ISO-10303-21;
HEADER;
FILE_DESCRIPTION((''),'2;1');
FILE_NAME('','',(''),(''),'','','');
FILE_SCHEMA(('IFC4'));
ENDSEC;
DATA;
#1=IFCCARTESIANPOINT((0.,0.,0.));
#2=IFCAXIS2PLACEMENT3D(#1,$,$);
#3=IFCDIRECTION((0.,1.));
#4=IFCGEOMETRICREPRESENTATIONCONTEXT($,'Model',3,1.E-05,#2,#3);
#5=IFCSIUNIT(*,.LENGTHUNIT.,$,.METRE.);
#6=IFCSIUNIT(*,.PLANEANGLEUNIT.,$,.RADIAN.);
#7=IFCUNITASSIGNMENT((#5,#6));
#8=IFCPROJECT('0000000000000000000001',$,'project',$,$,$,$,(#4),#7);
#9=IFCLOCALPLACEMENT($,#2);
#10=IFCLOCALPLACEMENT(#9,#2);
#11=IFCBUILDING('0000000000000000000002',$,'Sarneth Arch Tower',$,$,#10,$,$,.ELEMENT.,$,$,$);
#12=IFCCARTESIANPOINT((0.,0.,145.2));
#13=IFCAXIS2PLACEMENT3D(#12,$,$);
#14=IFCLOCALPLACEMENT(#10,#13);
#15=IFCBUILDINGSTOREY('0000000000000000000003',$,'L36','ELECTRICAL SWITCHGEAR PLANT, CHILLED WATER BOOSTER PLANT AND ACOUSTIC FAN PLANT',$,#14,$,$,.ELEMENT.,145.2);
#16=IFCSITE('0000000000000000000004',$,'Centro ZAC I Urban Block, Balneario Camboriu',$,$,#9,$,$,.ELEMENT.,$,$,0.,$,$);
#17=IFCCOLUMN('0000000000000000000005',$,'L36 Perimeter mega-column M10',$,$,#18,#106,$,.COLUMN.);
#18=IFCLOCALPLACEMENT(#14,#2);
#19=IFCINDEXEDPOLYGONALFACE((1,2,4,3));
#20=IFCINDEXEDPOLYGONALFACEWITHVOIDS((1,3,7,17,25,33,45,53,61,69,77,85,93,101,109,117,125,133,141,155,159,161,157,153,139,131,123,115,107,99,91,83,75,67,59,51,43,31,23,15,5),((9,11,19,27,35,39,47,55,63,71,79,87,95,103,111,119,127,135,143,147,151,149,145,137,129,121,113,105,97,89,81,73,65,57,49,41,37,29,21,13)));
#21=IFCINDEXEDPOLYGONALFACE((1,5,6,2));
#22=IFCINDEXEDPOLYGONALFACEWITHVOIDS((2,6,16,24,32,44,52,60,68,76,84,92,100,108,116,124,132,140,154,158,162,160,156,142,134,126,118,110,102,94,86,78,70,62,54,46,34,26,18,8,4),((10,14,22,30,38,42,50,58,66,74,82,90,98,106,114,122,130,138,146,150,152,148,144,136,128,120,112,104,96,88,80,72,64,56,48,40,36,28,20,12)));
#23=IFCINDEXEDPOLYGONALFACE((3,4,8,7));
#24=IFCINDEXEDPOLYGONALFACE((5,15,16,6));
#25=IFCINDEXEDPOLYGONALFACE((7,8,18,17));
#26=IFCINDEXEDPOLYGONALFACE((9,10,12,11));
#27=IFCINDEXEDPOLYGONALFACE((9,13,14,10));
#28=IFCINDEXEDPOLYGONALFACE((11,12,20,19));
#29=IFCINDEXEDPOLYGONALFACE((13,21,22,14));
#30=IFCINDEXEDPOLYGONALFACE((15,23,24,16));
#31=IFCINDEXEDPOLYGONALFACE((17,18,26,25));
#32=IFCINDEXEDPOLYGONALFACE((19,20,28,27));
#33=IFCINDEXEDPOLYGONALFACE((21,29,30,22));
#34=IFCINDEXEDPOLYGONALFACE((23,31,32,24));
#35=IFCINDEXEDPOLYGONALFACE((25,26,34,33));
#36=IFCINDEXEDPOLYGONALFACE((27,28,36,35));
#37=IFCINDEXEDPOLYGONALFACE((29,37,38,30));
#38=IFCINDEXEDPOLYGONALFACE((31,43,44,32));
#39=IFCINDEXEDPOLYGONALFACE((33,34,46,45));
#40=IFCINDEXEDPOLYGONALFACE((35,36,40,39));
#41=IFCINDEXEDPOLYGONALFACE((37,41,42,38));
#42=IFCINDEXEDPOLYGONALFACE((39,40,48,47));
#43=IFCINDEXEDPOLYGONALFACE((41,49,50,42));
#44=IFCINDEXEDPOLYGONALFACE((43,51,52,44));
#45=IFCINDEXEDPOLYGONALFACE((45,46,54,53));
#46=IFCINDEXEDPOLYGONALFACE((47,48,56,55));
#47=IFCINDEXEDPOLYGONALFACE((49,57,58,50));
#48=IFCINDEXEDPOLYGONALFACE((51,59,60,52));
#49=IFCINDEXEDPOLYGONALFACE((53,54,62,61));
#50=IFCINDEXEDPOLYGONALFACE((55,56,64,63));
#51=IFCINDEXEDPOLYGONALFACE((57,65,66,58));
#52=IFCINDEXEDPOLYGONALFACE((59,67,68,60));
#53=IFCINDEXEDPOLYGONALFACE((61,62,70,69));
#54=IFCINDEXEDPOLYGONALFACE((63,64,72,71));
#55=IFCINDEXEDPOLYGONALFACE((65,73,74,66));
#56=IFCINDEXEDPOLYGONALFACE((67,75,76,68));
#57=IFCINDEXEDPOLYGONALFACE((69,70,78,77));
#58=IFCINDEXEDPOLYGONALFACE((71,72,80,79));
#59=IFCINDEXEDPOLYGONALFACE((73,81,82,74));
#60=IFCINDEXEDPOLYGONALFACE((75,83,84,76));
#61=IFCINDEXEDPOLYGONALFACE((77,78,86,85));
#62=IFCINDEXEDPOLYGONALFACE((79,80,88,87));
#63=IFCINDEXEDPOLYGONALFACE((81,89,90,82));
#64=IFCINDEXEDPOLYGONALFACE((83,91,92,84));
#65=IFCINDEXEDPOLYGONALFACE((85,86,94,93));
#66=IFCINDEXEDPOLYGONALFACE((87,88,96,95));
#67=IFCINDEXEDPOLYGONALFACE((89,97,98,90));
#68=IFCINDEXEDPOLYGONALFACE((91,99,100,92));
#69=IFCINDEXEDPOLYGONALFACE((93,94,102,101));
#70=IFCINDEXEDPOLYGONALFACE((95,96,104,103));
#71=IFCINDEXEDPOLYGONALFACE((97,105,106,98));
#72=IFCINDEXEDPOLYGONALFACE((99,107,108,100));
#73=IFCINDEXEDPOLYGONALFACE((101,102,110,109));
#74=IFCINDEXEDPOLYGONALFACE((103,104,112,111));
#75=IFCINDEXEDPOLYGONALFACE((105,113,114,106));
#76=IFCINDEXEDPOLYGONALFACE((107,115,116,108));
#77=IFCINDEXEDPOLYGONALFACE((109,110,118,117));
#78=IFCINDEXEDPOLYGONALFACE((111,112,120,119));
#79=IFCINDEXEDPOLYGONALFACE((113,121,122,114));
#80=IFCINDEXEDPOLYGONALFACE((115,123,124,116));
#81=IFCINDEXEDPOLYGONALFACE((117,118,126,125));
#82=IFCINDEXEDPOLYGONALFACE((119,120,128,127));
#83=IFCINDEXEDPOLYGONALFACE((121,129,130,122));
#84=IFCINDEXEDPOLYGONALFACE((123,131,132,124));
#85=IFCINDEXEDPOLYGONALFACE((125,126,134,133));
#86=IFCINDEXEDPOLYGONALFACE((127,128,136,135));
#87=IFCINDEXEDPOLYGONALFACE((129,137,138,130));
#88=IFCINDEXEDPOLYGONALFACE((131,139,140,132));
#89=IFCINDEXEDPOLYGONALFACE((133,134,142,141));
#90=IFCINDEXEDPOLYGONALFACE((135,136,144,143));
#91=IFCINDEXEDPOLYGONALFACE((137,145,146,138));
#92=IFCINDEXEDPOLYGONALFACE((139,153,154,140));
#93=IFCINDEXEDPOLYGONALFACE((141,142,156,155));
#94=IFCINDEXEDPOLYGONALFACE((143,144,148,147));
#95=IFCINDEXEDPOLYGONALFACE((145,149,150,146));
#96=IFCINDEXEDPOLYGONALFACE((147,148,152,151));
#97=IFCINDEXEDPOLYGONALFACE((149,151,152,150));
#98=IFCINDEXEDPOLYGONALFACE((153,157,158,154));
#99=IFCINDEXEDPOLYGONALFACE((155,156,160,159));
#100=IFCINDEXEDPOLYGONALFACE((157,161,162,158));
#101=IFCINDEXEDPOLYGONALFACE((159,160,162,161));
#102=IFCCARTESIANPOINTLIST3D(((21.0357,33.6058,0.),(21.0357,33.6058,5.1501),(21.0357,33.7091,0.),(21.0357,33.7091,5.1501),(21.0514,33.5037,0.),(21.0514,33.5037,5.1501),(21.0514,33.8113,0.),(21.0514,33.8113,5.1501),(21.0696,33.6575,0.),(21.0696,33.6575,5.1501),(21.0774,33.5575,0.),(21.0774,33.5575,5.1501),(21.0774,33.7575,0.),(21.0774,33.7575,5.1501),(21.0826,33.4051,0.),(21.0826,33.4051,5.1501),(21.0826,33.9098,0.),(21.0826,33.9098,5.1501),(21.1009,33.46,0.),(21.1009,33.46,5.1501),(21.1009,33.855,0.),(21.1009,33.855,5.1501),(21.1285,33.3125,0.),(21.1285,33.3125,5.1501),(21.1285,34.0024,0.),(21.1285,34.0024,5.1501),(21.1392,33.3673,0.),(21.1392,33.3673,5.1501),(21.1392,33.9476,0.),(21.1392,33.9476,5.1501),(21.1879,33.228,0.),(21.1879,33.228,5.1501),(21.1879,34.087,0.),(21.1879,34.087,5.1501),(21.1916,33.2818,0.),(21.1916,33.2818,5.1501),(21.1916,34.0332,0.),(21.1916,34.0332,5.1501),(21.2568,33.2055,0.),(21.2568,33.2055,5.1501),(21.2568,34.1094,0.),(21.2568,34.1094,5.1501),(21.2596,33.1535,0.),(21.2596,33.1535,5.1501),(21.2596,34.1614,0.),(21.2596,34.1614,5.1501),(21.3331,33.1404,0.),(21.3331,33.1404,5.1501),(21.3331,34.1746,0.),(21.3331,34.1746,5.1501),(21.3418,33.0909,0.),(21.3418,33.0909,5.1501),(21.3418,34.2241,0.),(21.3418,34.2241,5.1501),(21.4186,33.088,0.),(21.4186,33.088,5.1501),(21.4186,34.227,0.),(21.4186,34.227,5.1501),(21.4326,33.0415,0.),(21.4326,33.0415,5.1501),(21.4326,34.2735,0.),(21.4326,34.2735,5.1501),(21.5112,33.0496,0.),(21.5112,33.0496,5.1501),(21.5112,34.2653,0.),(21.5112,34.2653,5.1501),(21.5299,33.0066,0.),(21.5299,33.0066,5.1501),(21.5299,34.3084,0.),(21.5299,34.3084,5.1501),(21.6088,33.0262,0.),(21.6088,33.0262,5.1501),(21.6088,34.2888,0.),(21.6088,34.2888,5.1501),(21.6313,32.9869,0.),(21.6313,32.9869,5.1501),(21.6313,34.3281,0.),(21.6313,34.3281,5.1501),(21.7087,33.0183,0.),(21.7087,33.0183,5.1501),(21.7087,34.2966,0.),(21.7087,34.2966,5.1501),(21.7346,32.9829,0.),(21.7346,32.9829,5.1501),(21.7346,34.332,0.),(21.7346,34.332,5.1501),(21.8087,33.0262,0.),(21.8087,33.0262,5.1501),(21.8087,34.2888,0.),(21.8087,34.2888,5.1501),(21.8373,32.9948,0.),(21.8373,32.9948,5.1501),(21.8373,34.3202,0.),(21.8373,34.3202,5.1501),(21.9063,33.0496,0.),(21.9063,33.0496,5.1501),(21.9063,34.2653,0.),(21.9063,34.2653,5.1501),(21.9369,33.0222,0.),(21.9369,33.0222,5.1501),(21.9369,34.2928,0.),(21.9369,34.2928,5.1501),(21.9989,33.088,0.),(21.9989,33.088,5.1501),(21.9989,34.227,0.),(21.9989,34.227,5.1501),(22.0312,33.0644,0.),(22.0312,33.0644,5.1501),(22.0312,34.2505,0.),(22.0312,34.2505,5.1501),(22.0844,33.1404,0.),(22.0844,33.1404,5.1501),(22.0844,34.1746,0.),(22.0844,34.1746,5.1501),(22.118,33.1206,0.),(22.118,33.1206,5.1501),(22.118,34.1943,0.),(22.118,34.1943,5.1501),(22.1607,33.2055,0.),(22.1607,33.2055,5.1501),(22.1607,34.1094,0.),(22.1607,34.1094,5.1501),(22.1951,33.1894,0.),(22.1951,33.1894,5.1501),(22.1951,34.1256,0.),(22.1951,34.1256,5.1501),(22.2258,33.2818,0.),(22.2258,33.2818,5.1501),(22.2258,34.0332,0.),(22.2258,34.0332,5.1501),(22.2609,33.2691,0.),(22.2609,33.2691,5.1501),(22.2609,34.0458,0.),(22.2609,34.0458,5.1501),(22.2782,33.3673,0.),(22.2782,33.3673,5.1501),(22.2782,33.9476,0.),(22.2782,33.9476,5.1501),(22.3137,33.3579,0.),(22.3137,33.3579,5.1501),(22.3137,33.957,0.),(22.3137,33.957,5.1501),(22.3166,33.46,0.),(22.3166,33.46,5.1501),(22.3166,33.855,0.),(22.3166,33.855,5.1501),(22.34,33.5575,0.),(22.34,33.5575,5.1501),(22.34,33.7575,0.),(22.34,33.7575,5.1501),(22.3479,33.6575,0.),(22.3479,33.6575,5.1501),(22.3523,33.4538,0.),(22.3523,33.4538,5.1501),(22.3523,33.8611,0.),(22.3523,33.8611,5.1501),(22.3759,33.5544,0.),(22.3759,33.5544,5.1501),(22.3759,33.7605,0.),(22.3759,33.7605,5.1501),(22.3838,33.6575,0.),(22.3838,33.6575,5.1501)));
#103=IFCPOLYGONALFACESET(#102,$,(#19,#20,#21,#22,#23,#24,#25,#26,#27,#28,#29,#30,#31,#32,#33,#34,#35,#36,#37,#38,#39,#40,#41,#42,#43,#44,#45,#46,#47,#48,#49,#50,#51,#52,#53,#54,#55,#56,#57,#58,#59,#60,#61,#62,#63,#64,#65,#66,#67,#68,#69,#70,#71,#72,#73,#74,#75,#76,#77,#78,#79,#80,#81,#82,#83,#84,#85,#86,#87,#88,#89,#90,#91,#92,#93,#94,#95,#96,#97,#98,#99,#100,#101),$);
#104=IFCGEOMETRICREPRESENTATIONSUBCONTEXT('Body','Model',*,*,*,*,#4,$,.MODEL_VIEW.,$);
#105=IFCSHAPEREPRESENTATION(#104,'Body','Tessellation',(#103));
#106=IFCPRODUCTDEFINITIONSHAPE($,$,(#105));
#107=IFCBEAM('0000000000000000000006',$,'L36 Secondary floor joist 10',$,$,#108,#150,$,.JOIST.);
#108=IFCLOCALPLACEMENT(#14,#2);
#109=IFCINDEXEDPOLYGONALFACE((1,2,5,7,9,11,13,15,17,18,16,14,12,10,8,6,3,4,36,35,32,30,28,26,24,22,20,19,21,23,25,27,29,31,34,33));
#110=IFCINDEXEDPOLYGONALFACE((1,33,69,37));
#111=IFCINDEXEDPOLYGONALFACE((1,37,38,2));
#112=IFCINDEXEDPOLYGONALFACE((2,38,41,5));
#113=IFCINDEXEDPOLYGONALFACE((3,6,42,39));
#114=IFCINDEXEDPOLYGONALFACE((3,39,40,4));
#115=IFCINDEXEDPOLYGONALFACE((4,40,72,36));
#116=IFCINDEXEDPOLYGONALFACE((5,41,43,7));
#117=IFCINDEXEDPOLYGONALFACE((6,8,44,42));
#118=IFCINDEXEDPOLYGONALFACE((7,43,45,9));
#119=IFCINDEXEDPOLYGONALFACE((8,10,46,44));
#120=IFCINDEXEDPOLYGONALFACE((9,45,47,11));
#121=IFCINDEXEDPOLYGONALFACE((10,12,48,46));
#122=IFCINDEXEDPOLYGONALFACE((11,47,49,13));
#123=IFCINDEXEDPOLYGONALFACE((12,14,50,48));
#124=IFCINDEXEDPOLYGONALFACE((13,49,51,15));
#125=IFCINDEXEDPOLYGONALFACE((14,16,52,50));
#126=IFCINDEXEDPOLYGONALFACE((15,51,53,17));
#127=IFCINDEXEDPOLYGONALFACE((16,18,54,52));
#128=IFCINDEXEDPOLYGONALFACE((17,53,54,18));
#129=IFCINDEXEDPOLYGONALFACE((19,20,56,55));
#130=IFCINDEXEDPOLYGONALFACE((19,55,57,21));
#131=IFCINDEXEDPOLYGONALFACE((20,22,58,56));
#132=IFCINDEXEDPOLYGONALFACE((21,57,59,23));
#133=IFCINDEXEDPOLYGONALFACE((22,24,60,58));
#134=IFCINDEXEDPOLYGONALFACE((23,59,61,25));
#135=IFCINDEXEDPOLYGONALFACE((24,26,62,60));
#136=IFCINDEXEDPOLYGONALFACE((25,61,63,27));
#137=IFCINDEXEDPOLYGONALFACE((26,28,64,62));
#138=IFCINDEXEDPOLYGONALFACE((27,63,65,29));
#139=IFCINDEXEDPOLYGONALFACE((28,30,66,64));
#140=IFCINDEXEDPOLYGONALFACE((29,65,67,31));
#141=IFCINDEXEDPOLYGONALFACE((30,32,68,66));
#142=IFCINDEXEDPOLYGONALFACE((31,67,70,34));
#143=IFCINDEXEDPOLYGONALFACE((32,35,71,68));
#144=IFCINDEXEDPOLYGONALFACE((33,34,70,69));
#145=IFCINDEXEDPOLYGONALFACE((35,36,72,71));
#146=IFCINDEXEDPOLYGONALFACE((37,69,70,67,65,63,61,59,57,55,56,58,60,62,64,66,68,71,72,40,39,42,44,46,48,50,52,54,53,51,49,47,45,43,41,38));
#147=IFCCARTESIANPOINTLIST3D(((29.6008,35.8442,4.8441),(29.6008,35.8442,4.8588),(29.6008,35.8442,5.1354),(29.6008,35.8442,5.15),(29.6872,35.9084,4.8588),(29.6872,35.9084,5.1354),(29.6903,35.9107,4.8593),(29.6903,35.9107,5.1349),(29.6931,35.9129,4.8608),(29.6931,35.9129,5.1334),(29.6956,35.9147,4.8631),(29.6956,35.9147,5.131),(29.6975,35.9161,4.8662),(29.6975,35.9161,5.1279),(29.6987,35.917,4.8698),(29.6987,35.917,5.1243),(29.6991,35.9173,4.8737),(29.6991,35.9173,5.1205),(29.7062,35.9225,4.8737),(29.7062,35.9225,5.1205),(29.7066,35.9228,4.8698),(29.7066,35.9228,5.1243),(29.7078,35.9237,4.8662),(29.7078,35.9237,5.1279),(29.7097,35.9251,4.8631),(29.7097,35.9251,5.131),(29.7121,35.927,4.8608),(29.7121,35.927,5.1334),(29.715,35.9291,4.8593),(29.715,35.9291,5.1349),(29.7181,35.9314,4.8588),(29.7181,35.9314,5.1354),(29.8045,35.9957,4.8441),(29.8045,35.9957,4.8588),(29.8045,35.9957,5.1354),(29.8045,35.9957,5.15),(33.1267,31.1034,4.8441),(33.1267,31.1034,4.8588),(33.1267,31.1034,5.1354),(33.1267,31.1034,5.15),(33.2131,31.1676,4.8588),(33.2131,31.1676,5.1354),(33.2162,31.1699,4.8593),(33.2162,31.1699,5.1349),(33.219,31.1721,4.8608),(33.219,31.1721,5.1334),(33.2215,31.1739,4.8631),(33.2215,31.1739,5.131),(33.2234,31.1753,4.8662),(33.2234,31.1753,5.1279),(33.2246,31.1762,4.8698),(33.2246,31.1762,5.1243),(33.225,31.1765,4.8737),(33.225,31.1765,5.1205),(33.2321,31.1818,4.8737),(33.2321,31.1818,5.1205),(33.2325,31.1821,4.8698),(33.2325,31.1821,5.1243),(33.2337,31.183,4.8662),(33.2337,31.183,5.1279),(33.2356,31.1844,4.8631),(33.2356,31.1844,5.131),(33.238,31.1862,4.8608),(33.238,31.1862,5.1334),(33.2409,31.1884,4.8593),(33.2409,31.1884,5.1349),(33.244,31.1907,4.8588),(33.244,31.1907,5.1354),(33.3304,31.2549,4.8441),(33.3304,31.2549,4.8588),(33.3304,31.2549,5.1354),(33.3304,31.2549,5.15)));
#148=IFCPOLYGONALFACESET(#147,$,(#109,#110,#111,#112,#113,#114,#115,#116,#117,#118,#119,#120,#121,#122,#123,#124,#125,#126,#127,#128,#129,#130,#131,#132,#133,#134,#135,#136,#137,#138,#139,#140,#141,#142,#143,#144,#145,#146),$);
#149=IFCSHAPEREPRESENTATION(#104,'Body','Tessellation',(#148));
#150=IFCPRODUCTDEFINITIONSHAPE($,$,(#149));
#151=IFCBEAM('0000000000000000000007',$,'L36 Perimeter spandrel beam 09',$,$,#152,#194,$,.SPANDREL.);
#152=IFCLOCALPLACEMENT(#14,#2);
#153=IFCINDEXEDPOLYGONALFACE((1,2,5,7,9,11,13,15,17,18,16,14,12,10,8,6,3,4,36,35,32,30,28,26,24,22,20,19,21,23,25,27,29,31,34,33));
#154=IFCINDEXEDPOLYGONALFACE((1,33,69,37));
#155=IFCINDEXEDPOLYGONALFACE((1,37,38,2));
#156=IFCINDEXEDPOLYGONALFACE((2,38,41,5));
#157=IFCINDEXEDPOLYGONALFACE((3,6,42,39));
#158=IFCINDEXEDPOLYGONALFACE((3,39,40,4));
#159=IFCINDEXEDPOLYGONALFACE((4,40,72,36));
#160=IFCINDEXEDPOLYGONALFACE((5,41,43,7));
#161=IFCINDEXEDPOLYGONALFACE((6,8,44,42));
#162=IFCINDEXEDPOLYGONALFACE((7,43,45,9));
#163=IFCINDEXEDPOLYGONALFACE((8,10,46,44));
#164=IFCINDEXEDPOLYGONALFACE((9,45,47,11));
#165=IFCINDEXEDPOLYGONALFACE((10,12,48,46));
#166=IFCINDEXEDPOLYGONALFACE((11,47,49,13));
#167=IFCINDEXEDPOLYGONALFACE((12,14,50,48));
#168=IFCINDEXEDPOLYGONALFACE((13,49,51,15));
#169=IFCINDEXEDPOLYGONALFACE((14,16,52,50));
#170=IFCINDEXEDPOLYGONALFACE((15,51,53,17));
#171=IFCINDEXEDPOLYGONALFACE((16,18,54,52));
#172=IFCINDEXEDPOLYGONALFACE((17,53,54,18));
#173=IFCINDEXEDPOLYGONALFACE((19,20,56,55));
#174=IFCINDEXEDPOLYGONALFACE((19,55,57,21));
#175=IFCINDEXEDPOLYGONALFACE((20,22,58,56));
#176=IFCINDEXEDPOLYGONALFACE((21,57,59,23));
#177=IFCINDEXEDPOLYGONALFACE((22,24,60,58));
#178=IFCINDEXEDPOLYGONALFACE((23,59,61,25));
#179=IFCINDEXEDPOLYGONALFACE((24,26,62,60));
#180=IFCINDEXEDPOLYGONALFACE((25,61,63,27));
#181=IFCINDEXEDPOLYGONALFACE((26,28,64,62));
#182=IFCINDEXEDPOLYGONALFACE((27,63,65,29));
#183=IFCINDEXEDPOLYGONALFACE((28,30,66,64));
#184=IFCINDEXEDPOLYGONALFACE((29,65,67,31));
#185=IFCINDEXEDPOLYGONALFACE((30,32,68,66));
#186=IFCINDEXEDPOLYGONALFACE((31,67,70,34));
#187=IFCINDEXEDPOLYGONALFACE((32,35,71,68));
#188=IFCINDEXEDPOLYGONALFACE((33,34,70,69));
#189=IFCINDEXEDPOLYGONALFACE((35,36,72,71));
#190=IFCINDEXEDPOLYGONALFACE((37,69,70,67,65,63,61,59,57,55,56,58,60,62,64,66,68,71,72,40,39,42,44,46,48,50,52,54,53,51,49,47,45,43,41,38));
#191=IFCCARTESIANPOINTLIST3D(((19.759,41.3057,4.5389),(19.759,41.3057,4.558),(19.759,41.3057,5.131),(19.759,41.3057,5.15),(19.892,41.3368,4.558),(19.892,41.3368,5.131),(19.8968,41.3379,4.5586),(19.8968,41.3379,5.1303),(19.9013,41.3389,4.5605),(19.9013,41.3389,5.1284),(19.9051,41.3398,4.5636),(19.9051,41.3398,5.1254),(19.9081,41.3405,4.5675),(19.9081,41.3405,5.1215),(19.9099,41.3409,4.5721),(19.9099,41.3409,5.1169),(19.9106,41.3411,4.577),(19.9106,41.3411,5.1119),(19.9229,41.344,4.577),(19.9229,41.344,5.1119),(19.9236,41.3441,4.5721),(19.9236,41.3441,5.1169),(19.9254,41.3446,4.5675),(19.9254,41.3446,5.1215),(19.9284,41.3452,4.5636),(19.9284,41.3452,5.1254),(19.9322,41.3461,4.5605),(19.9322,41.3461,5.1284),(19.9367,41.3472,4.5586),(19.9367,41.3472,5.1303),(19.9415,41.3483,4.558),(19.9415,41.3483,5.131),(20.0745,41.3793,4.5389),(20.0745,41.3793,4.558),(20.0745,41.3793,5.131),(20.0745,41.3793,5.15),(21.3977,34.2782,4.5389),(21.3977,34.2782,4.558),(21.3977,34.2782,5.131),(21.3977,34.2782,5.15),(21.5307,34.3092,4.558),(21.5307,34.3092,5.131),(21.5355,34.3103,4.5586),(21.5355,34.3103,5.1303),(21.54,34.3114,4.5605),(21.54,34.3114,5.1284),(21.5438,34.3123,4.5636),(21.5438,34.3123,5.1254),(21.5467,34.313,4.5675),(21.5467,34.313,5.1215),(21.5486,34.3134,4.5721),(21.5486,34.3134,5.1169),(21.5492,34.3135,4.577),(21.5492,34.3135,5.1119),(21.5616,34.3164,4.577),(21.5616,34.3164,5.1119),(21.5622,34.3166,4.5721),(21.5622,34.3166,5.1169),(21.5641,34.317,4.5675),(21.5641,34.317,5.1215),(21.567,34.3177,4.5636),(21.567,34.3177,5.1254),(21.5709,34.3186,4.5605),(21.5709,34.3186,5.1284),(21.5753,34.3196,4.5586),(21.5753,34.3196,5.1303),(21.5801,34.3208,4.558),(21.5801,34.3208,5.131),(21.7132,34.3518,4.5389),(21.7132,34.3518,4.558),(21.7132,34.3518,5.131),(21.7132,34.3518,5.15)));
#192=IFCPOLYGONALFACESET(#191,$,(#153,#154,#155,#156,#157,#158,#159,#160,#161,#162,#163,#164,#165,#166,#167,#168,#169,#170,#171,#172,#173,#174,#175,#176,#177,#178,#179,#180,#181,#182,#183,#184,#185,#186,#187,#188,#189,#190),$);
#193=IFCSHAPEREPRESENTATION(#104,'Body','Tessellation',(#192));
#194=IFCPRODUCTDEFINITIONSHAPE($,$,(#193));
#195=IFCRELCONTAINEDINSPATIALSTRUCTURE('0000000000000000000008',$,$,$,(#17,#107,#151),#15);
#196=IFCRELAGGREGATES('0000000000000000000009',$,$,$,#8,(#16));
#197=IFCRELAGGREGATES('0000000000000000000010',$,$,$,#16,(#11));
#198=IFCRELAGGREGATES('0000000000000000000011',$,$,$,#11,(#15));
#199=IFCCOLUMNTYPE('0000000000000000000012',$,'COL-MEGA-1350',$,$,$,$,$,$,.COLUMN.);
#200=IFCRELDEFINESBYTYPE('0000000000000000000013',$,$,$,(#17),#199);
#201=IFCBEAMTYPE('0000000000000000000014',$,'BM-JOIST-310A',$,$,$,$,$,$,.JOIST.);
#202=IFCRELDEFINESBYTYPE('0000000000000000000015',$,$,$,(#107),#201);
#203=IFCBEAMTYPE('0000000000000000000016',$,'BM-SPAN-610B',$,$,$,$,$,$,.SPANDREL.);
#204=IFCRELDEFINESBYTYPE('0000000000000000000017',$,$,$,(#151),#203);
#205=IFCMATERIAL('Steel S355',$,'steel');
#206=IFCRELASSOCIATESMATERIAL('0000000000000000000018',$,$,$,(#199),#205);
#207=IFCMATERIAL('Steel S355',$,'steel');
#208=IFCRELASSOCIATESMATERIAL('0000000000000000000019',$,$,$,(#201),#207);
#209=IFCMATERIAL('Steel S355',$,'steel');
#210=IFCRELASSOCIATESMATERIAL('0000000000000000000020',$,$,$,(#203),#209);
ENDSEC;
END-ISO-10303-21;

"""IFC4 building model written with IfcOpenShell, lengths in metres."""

from ifc_helpers import new_model, si_unit, direction, frame, origin, origin_2d, place, context, subcontext, project, spatial, hollow_circle, i_section, extrude, material, material_profile, profile_set, type_object, element, save


model = new_model("IFC4")

# Units and contexts
model_context = context("Model", 3, precision=1e-05, world=origin(), true_north=direction((0.0, 1.0)))
body_context = subcontext(model_context, "Body", "Model", "MODEL_VIEW")
ifc_project = project(units=[si_unit("LENGTHUNIT", "METRE"), si_unit("PLANEANGLEUNIT", "RADIAN")], contexts=[model_context])

# Site, building, storey
site_placement = place(None, origin())
site = spatial("IfcSite", under=ifc_project, at=site_placement, Name="Centro ZAC I Urban Block, Balneario Camboriu", CompositionType="ELEMENT", RefElevation=0.0)
building_placement = place(site_placement, origin())
building = spatial("IfcBuilding", under=site, at=building_placement, Name="Sarneth Arch Tower", CompositionType="ELEMENT")
storey_placement = place(building_placement, frame((0.0, 0.0, 145.2)))
storey = spatial("IfcBuildingStorey", under=building, at=storey_placement, Name="L36", Description="ELECTRICAL SWITCHGEAR PLANT, CHILLED WATER BOOSTER PLANT AND ACOUSTIC FAN PLANT", CompositionType="ELEMENT", Elevation=145.2)

# Column
ifc_material_1 = material(Name="Steel S355", Category="steel")
ifc_material_profile_1 = material_profile(ifc_material_1, hollow_circle(Radius=0.675, WallThickness=0.0359, at=origin_2d()), Name="CHS1350x36")
ifc_profile_set_1 = profile_set([ifc_material_profile_1], Name="Steel S355")
column_type = type_object("IfcColumnType", Name="COL-MEGA-1350", PredefinedType="COLUMN", material=ifc_profile_set_1)
column_placement = place(storey_placement, frame((21.7087, 33.6575, 0.0), z_axis=(0.0, 0.0, 1.0), x_axis=(1.0, 0.0, 0.0)))
element("IfcColumn", 1, at=column_placement, inside=storey, type_object=column_type, Name="L36 Perimeter mega-column M10", PredefinedType="COLUMN", context=body_context, shape_type="SweptSolid", body=[
    extrude(hollow_circle(Radius=0.675, WallThickness=0.0359, at=origin_2d()), origin(), (0.0, 0.0, 1.0), 5.1501),
])

# Beams
ifc_material_2 = material(Name="Steel S355", Category="steel")
ifc_material_profile_2 = material_profile(ifc_material_2, i_section(OverallWidth=0.2539, OverallDepth=0.3059, WebThickness=0.0088, FlangeThickness=0.0146, FilletRadius=0.0149, at=origin_2d()), Name="W310x79")
ifc_profile_set_2 = profile_set([ifc_material_profile_2], Name="Steel S355")
beam_type_1 = type_object("IfcBeamType", Name="BM-JOIST-310A", PredefinedType="JOIST", material=ifc_profile_set_2)
beam_1_placement = place(storey_placement, frame((29.7026, 35.9199, 4.9971), z_axis=(0.596782, -0.802403, 0.0), x_axis=(0.802403, 0.596782, 0.0)))
element("IfcBeam", 2, at=beam_1_placement, inside=storey, type_object=beam_type_1, Name="L36 Secondary floor joist 10", PredefinedType="JOIST", context=body_context, shape_type="SweptSolid", body=[
    extrude(i_section(OverallWidth=0.2539, OverallDepth=0.3059, WebThickness=0.0088, FlangeThickness=0.0146, FilletRadius=0.0149, at=origin_2d()), origin(), (0.0, 0.0, 1.0), 5.9082),
])
ifc_material_3 = material(Name="Steel S355", Category="steel")
ifc_material_profile_3 = material_profile(ifc_material_3, i_section(OverallWidth=0.324, OverallDepth=0.6111, WebThickness=0.0127, FlangeThickness=0.019, FilletRadius=0.019, at=origin_2d()), Name="W610x155")
ifc_profile_set_3 = profile_set([ifc_material_profile_3], Name="Steel S355")
beam_type_2 = type_object("IfcBeamType", Name="BM-SPAN-610B", PredefinedType="SPANDREL", material=ifc_profile_set_3)
beam_2_placement = place(storey_placement, frame((19.9167, 41.3425, 4.8445), z_axis=(0.227085, -0.973875, 0.0), x_axis=(0.973875, 0.227085, 0.0)))
element("IfcBeam", 3, at=beam_2_placement, inside=storey, type_object=beam_type_2, Name="L36 Perimeter spandrel beam 09", PredefinedType="SPANDREL", context=body_context, shape_type="SweptSolid", body=[
    extrude(i_section(OverallWidth=0.324, OverallDepth=0.6111, WebThickness=0.0127, FlangeThickness=0.019, FilletRadius=0.019, at=origin_2d()), origin(), (0.0, 0.0, 1.0), 7.2161),
])

save(model, "model.ifc")
